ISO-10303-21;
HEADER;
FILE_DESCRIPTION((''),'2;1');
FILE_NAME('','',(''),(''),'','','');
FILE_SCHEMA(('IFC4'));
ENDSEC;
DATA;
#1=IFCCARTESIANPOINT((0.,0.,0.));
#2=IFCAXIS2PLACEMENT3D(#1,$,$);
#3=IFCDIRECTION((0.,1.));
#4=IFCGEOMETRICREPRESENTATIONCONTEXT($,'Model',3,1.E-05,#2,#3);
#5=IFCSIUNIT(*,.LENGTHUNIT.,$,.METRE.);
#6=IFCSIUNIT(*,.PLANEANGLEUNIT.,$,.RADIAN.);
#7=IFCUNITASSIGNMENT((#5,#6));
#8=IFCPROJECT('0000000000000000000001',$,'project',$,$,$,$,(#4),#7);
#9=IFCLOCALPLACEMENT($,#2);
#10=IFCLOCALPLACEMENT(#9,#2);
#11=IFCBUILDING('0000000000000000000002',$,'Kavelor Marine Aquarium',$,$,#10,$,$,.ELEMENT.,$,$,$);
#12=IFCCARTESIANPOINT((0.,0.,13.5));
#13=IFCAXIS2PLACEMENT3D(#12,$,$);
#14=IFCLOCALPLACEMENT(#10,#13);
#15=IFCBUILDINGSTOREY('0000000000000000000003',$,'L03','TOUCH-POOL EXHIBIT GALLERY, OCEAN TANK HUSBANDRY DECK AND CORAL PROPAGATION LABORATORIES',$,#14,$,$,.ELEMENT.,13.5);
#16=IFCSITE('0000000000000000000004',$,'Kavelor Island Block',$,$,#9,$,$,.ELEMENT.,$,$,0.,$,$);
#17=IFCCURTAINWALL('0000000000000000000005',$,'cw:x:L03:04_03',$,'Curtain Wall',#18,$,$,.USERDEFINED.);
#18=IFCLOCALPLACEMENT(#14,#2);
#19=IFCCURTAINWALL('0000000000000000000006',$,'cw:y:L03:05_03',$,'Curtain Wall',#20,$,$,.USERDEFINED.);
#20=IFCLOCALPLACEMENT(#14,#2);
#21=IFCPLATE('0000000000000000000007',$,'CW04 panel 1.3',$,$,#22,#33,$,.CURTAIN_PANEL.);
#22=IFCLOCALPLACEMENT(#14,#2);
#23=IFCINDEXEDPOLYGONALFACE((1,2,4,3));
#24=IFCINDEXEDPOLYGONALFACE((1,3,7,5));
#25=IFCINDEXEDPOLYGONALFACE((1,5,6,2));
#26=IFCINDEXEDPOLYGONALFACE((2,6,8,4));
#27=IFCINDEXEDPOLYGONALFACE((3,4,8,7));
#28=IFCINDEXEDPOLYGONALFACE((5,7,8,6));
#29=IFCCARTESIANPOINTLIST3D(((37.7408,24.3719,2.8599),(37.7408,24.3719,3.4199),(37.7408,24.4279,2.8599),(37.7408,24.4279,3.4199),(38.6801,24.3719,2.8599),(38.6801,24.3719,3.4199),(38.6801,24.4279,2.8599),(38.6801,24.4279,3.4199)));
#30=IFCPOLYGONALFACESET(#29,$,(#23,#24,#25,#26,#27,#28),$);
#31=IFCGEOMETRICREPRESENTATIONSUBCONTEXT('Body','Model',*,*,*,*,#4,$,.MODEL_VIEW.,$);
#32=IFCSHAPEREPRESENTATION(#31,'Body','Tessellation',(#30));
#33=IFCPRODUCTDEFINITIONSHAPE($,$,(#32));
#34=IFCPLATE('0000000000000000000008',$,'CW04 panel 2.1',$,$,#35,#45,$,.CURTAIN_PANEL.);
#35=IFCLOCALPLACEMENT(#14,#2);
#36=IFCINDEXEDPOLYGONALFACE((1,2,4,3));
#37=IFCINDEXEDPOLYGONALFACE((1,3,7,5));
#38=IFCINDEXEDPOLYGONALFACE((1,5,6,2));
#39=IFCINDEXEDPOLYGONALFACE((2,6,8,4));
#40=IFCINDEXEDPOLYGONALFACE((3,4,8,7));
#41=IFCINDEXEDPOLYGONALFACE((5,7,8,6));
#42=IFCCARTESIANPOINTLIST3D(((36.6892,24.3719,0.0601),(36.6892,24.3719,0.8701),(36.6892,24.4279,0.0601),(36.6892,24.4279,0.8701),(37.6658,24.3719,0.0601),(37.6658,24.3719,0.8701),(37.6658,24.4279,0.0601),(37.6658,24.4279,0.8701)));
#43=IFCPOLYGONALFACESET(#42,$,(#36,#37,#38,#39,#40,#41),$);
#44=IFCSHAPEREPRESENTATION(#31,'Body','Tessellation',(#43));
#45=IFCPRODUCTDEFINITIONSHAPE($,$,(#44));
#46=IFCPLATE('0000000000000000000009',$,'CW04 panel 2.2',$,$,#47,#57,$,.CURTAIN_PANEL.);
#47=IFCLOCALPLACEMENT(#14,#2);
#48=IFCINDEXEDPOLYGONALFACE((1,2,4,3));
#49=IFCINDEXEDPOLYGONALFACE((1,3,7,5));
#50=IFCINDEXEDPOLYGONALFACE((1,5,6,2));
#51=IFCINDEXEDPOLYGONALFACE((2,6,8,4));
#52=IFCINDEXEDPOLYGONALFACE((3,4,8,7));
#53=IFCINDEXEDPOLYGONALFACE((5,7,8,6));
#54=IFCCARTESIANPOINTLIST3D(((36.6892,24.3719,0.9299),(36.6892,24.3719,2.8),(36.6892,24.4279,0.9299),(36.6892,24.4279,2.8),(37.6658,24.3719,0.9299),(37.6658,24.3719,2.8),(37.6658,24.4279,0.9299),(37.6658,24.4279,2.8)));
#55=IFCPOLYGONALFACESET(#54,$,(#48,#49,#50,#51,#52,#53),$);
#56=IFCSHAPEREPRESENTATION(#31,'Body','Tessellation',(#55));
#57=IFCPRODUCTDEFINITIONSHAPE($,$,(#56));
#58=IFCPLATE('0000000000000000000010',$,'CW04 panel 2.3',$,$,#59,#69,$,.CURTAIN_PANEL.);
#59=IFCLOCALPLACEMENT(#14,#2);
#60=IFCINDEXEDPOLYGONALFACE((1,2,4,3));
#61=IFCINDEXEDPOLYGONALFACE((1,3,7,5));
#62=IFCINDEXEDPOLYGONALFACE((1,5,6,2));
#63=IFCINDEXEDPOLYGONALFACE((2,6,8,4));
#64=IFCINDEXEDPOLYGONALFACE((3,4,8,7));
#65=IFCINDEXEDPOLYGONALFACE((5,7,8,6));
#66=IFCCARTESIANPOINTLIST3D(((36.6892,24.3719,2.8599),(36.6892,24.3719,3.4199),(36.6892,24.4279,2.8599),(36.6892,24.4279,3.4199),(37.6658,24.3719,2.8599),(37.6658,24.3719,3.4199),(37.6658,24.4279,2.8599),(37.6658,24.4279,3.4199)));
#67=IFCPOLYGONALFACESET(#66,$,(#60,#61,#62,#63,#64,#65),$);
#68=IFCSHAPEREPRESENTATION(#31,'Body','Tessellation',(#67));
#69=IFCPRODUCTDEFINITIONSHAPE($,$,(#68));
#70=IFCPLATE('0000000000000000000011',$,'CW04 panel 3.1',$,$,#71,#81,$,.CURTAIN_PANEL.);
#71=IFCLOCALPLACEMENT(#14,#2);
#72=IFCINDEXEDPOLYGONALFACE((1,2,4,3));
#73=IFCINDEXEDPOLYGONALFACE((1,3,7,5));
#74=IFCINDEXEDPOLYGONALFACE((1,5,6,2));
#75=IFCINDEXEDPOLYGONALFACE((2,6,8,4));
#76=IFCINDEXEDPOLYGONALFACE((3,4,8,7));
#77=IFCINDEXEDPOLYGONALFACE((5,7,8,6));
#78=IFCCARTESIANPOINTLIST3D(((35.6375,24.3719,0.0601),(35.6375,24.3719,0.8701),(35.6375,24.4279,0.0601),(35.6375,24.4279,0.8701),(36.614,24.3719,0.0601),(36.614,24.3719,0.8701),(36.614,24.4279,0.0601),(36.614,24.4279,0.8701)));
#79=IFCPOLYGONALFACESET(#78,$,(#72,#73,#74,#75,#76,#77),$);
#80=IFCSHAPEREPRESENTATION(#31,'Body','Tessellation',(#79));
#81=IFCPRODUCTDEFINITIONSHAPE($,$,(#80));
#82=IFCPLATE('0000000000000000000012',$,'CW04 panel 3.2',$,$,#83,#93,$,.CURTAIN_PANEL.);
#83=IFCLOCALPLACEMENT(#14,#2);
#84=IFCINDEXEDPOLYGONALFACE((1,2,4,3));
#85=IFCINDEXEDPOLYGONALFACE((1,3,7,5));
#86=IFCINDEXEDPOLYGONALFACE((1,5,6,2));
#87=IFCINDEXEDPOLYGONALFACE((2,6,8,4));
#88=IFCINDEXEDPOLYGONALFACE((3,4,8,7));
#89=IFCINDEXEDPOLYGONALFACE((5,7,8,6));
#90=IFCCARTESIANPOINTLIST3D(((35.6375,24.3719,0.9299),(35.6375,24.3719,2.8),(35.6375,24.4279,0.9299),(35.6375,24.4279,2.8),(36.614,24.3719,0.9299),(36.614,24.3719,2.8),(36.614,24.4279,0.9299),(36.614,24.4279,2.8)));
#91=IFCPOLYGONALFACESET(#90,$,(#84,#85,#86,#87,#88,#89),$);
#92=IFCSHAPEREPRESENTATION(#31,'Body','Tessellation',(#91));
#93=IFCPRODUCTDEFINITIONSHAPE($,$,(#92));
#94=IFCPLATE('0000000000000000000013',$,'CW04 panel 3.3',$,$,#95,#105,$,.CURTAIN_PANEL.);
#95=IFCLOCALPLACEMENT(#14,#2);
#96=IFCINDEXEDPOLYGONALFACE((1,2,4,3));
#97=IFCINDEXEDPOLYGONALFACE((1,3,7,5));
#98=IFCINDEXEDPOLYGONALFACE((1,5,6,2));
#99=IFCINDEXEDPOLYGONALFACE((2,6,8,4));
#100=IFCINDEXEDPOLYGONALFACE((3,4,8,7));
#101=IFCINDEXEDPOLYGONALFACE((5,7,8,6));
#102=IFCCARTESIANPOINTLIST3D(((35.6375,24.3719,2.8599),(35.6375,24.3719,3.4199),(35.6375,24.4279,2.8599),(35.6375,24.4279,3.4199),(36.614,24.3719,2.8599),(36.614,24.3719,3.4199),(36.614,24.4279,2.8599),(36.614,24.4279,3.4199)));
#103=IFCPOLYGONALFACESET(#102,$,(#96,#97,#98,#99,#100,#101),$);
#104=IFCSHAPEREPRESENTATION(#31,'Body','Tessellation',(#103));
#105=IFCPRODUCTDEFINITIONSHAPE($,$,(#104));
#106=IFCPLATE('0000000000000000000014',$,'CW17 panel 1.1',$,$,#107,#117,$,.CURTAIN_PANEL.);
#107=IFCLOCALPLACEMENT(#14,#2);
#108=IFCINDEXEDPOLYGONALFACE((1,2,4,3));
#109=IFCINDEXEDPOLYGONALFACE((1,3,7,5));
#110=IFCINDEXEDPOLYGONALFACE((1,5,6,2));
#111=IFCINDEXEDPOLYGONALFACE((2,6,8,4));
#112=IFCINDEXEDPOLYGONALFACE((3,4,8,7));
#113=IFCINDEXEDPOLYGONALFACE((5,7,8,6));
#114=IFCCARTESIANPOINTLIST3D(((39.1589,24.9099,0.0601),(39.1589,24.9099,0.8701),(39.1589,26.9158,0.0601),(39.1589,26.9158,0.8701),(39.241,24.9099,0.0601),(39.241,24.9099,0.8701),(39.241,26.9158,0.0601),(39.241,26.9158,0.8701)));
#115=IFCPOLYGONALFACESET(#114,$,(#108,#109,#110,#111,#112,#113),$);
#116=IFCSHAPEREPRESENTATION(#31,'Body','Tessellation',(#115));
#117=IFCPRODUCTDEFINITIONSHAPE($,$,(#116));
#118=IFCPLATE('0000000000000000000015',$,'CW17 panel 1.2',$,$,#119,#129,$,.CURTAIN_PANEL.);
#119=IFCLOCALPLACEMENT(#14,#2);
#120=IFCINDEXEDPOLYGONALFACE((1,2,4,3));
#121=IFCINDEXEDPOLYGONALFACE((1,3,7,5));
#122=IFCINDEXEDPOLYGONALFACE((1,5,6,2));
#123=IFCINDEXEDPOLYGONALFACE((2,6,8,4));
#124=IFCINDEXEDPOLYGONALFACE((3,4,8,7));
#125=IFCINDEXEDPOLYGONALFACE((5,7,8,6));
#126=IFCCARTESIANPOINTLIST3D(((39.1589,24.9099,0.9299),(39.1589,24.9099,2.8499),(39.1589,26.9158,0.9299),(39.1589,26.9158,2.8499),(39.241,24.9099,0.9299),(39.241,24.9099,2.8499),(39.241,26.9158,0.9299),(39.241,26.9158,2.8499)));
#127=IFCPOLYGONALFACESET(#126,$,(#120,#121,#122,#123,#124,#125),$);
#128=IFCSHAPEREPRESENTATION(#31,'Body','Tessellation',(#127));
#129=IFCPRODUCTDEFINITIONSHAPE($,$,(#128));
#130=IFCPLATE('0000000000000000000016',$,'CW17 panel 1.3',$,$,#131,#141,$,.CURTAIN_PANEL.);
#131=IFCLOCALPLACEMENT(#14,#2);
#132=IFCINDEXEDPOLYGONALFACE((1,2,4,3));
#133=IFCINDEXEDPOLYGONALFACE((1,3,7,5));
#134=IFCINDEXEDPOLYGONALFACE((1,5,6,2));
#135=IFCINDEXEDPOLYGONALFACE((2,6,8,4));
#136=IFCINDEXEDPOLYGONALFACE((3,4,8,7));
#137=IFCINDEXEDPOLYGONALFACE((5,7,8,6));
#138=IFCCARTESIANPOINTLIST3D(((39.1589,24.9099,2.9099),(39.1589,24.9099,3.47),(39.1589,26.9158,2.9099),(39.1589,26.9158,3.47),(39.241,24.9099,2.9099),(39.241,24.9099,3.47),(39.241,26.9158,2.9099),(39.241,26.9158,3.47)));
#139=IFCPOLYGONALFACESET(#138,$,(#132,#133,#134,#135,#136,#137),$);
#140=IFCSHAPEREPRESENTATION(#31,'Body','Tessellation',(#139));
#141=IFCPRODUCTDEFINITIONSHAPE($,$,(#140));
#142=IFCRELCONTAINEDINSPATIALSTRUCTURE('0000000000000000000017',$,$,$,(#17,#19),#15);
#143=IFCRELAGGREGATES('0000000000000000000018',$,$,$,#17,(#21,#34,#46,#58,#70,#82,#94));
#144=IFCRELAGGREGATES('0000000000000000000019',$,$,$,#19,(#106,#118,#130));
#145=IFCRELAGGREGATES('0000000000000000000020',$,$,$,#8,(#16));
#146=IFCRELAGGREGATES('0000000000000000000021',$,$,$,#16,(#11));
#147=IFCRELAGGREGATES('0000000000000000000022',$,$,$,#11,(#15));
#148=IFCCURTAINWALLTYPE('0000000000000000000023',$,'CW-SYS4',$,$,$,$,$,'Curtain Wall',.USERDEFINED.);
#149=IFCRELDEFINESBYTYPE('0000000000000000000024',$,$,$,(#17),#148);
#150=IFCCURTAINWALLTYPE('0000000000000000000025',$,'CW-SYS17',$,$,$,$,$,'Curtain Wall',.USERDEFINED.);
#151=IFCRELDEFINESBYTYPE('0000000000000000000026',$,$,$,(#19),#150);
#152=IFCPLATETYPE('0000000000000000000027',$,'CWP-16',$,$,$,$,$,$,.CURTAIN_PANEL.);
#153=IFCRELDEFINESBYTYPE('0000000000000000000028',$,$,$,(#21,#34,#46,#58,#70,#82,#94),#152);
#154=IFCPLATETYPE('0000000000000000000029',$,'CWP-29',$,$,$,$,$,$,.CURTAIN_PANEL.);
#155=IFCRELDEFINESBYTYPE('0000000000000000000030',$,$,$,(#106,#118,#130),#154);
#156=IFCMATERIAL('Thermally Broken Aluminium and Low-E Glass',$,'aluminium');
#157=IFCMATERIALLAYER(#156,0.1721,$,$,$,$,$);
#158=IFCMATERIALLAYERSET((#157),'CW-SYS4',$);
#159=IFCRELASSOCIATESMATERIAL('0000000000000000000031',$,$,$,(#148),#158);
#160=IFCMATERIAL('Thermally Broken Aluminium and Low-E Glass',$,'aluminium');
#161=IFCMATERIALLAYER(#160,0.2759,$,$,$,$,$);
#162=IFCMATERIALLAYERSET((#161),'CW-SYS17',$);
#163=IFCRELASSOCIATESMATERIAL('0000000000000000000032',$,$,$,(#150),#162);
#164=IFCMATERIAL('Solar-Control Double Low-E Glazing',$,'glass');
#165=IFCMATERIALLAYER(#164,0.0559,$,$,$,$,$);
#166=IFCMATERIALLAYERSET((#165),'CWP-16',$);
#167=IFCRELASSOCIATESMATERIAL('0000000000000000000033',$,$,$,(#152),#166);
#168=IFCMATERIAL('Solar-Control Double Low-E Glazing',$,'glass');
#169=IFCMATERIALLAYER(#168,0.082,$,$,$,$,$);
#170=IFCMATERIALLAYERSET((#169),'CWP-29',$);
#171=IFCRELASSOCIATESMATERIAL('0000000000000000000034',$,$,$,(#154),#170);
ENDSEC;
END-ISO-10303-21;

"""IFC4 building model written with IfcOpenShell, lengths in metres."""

from ifc_helpers import new_model, si_unit, direction, frame, origin, origin_2d, place, context, subcontext, project, spatial, rectangle, extrude, material, layer, layer_set, type_object, element, aggregate, save


model = new_model("IFC4")

# Units and contexts
model_context = context("Model", 3, precision=1e-05, world=origin(), true_north=direction((0.0, 1.0)))
body_context = subcontext(model_context, "Body", "Model", "MODEL_VIEW")
ifc_project = project(units=[si_unit("LENGTHUNIT", "METRE"), si_unit("PLANEANGLEUNIT", "RADIAN")], contexts=[model_context])

# Site, building, storey
site_placement = place(None, origin())
site = spatial("IfcSite", under=ifc_project, at=site_placement, Name="Kavelor Island Block", CompositionType="ELEMENT", RefElevation=0.0)
building_placement = place(site_placement, origin())
building = spatial("IfcBuilding", under=site, at=building_placement, Name="Kavelor Marine Aquarium", CompositionType="ELEMENT")
storey_placement = place(building_placement, frame((0.0, 0.0, 13.5)))
storey = spatial("IfcBuildingStorey", under=building, at=storey_placement, Name="L03", Description="TOUCH-POOL EXHIBIT GALLERY, OCEAN TANK HUSBANDRY DECK AND CORAL PROPAGATION LABORATORIES", CompositionType="ELEMENT", Elevation=13.5)

# Curtain walls
ifc_material_1 = material(Name="Thermally Broken Aluminium and Low-E Glass", Category="aluminium")
ifc_layer_1 = layer(ifc_material_1, 0.1721)
ifc_layer_set_1 = layer_set([ifc_layer_1], Name="CW-SYS4")
curtain_wall_type_1 = type_object("IfcCurtainWallType", Name="CW-SYS4", ElementType="Curtain Wall", PredefinedType="USERDEFINED", material=ifc_layer_set_1)
curtain_wall_1_placement = place(storey_placement, origin())
curtain_wall_1 = element("IfcCurtainWall", 1, at=curtain_wall_1_placement, inside=storey, type_object=curtain_wall_type_1, Name="cw:x:L03:04_03", ObjectType="Curtain Wall", PredefinedType="USERDEFINED")
ifc_material_2 = material(Name="Thermally Broken Aluminium and Low-E Glass", Category="aluminium")
ifc_layer_2 = layer(ifc_material_2, 0.2759)
ifc_layer_set_2 = layer_set([ifc_layer_2], Name="CW-SYS17")
curtain_wall_type_2 = type_object("IfcCurtainWallType", Name="CW-SYS17", ElementType="Curtain Wall", PredefinedType="USERDEFINED", material=ifc_layer_set_2)
curtain_wall_2_placement = place(storey_placement, origin())
curtain_wall_2 = element("IfcCurtainWall", 2, at=curtain_wall_2_placement, inside=storey, type_object=curtain_wall_type_2, Name="cw:y:L03:05_03", ObjectType="Curtain Wall", PredefinedType="USERDEFINED")

# Plates
ifc_material_3 = material(Name="Solar-Control Double Low-E Glazing", Category="glass")
ifc_layer_3 = layer(ifc_material_3, 0.0559)
ifc_layer_set_3 = layer_set([ifc_layer_3], Name="CWP-16")
plate_type_1 = type_object("IfcPlateType", Name="CWP-16", PredefinedType="CURTAIN_PANEL", material=ifc_layer_set_3)
plate_1_placement = place(storey_placement, frame((38.2104, 24.3999, 2.8599), z_axis=(0.0, 0.0, 1.0), x_axis=(-1.0, 0.0, 0.0)))
plate_1 = element("IfcPlate", 3, at=plate_1_placement, type_object=plate_type_1, Name="CW04 panel 1.3", PredefinedType="CURTAIN_PANEL", context=body_context, shape_type="SweptSolid", body=[
    extrude(rectangle(XDim=0.9392, YDim=0.0559, at=origin_2d()), origin(), (0.0, 0.0, 1.0), 0.5601),
])
plate_2_placement = place(storey_placement, frame((37.1775, 24.3999, 0.0601), z_axis=(0.0, 0.0, 1.0), x_axis=(-1.0, 0.0, 0.0)))
plate_2 = element("IfcPlate", 4, at=plate_2_placement, type_object=plate_type_1, Name="CW04 panel 2.1", PredefinedType="CURTAIN_PANEL", context=body_context, shape_type="SweptSolid", body=[
    extrude(rectangle(XDim=0.9766, YDim=0.0559, at=origin_2d()), origin(), (0.0, 0.0, 1.0), 0.8101),
])
plate_3_placement = place(storey_placement, frame((37.1775, 24.3999, 0.9299), z_axis=(0.0, 0.0, 1.0), x_axis=(-1.0, 0.0, 0.0)))
plate_3 = element("IfcPlate", 5, at=plate_3_placement, type_object=plate_type_1, Name="CW04 panel 2.2", PredefinedType="CURTAIN_PANEL", context=body_context, shape_type="SweptSolid", body=[
    extrude(rectangle(XDim=0.9766, YDim=0.0559, at=origin_2d()), origin(), (0.0, 0.0, 1.0), 1.8701),
])
plate_4_placement = place(storey_placement, frame((37.1775, 24.3999, 2.8599), z_axis=(0.0, 0.0, 1.0), x_axis=(-1.0, 0.0, 0.0)))
plate_4 = element("IfcPlate", 6, at=plate_4_placement, type_object=plate_type_1, Name="CW04 panel 2.3", PredefinedType="CURTAIN_PANEL", context=body_context, shape_type="SweptSolid", body=[
    extrude(rectangle(XDim=0.9766, YDim=0.0559, at=origin_2d()), origin(), (0.0, 0.0, 1.0), 0.5601),
])
plate_5_placement = place(storey_placement, frame((36.1257, 24.3999, 0.0601), z_axis=(0.0, 0.0, 1.0), x_axis=(-1.0, 0.0, 0.0)))
plate_5 = element("IfcPlate", 7, at=plate_5_placement, type_object=plate_type_1, Name="CW04 panel 3.1", PredefinedType="CURTAIN_PANEL", context=body_context, shape_type="SweptSolid", body=[
    extrude(rectangle(XDim=0.9766, YDim=0.0559, at=origin_2d()), origin(), (0.0, 0.0, 1.0), 0.8101),
])
plate_6_placement = place(storey_placement, frame((36.1257, 24.3999, 0.9299), z_axis=(0.0, 0.0, 1.0), x_axis=(-1.0, 0.0, 0.0)))
plate_6 = element("IfcPlate", 8, at=plate_6_placement, type_object=plate_type_1, Name="CW04 panel 3.2", PredefinedType="CURTAIN_PANEL", context=body_context, shape_type="SweptSolid", body=[
    extrude(rectangle(XDim=0.9766, YDim=0.0559, at=origin_2d()), origin(), (0.0, 0.0, 1.0), 1.8701),
])
plate_7_placement = place(storey_placement, frame((36.1257, 24.3999, 2.8599), z_axis=(0.0, 0.0, 1.0), x_axis=(-1.0, 0.0, 0.0)))
plate_7 = element("IfcPlate", 9, at=plate_7_placement, type_object=plate_type_1, Name="CW04 panel 3.3", PredefinedType="CURTAIN_PANEL", context=body_context, shape_type="SweptSolid", body=[
    extrude(rectangle(XDim=0.9766, YDim=0.0559, at=origin_2d()), origin(), (0.0, 0.0, 1.0), 0.5601),
])
aggregate(curtain_wall_1, [plate_1, plate_2, plate_3, plate_4, plate_5, plate_6, plate_7])
ifc_material_4 = material(Name="Solar-Control Double Low-E Glazing", Category="glass")
ifc_layer_4 = layer(ifc_material_4, 0.082)
ifc_layer_set_4 = layer_set([ifc_layer_4], Name="CWP-29")
plate_type_2 = type_object("IfcPlateType", Name="CWP-29", PredefinedType="CURTAIN_PANEL", material=ifc_layer_set_4)
plate_8_placement = place(storey_placement, frame((39.2, 25.9128, 0.0601), z_axis=(0.0, 0.0, 1.0), x_axis=(0.0, 1.0, 0.0)))
plate_8 = element("IfcPlate", 10, at=plate_8_placement, type_object=plate_type_2, Name="CW17 panel 1.1", PredefinedType="CURTAIN_PANEL", context=body_context, shape_type="SweptSolid", body=[
    extrude(rectangle(XDim=2.0059, YDim=0.082, at=origin_2d()), origin(), (0.0, 0.0, 1.0), 0.8101),
])
plate_9_placement = place(storey_placement, frame((39.2, 25.9128, 0.9299), z_axis=(0.0, 0.0, 1.0), x_axis=(0.0, 1.0, 0.0)))
plate_9 = element("IfcPlate", 11, at=plate_9_placement, type_object=plate_type_2, Name="CW17 panel 1.2", PredefinedType="CURTAIN_PANEL", context=body_context, shape_type="SweptSolid", body=[
    extrude(rectangle(XDim=2.0059, YDim=0.082, at=origin_2d()), origin(), (0.0, 0.0, 1.0), 1.9199),
])
plate_10_placement = place(storey_placement, frame((39.2, 25.9128, 2.9099), z_axis=(0.0, 0.0, 1.0), x_axis=(0.0, 1.0, 0.0)))
plate_10 = element("IfcPlate", 12, at=plate_10_placement, type_object=plate_type_2, Name="CW17 panel 1.3", PredefinedType="CURTAIN_PANEL", context=body_context, shape_type="SweptSolid", body=[
    extrude(rectangle(XDim=2.0059, YDim=0.082, at=origin_2d()), origin(), (0.0, 0.0, 1.0), 0.5601),
])
aggregate(curtain_wall_2, [plate_8, plate_9, plate_10])

save(model, "model.ifc")
